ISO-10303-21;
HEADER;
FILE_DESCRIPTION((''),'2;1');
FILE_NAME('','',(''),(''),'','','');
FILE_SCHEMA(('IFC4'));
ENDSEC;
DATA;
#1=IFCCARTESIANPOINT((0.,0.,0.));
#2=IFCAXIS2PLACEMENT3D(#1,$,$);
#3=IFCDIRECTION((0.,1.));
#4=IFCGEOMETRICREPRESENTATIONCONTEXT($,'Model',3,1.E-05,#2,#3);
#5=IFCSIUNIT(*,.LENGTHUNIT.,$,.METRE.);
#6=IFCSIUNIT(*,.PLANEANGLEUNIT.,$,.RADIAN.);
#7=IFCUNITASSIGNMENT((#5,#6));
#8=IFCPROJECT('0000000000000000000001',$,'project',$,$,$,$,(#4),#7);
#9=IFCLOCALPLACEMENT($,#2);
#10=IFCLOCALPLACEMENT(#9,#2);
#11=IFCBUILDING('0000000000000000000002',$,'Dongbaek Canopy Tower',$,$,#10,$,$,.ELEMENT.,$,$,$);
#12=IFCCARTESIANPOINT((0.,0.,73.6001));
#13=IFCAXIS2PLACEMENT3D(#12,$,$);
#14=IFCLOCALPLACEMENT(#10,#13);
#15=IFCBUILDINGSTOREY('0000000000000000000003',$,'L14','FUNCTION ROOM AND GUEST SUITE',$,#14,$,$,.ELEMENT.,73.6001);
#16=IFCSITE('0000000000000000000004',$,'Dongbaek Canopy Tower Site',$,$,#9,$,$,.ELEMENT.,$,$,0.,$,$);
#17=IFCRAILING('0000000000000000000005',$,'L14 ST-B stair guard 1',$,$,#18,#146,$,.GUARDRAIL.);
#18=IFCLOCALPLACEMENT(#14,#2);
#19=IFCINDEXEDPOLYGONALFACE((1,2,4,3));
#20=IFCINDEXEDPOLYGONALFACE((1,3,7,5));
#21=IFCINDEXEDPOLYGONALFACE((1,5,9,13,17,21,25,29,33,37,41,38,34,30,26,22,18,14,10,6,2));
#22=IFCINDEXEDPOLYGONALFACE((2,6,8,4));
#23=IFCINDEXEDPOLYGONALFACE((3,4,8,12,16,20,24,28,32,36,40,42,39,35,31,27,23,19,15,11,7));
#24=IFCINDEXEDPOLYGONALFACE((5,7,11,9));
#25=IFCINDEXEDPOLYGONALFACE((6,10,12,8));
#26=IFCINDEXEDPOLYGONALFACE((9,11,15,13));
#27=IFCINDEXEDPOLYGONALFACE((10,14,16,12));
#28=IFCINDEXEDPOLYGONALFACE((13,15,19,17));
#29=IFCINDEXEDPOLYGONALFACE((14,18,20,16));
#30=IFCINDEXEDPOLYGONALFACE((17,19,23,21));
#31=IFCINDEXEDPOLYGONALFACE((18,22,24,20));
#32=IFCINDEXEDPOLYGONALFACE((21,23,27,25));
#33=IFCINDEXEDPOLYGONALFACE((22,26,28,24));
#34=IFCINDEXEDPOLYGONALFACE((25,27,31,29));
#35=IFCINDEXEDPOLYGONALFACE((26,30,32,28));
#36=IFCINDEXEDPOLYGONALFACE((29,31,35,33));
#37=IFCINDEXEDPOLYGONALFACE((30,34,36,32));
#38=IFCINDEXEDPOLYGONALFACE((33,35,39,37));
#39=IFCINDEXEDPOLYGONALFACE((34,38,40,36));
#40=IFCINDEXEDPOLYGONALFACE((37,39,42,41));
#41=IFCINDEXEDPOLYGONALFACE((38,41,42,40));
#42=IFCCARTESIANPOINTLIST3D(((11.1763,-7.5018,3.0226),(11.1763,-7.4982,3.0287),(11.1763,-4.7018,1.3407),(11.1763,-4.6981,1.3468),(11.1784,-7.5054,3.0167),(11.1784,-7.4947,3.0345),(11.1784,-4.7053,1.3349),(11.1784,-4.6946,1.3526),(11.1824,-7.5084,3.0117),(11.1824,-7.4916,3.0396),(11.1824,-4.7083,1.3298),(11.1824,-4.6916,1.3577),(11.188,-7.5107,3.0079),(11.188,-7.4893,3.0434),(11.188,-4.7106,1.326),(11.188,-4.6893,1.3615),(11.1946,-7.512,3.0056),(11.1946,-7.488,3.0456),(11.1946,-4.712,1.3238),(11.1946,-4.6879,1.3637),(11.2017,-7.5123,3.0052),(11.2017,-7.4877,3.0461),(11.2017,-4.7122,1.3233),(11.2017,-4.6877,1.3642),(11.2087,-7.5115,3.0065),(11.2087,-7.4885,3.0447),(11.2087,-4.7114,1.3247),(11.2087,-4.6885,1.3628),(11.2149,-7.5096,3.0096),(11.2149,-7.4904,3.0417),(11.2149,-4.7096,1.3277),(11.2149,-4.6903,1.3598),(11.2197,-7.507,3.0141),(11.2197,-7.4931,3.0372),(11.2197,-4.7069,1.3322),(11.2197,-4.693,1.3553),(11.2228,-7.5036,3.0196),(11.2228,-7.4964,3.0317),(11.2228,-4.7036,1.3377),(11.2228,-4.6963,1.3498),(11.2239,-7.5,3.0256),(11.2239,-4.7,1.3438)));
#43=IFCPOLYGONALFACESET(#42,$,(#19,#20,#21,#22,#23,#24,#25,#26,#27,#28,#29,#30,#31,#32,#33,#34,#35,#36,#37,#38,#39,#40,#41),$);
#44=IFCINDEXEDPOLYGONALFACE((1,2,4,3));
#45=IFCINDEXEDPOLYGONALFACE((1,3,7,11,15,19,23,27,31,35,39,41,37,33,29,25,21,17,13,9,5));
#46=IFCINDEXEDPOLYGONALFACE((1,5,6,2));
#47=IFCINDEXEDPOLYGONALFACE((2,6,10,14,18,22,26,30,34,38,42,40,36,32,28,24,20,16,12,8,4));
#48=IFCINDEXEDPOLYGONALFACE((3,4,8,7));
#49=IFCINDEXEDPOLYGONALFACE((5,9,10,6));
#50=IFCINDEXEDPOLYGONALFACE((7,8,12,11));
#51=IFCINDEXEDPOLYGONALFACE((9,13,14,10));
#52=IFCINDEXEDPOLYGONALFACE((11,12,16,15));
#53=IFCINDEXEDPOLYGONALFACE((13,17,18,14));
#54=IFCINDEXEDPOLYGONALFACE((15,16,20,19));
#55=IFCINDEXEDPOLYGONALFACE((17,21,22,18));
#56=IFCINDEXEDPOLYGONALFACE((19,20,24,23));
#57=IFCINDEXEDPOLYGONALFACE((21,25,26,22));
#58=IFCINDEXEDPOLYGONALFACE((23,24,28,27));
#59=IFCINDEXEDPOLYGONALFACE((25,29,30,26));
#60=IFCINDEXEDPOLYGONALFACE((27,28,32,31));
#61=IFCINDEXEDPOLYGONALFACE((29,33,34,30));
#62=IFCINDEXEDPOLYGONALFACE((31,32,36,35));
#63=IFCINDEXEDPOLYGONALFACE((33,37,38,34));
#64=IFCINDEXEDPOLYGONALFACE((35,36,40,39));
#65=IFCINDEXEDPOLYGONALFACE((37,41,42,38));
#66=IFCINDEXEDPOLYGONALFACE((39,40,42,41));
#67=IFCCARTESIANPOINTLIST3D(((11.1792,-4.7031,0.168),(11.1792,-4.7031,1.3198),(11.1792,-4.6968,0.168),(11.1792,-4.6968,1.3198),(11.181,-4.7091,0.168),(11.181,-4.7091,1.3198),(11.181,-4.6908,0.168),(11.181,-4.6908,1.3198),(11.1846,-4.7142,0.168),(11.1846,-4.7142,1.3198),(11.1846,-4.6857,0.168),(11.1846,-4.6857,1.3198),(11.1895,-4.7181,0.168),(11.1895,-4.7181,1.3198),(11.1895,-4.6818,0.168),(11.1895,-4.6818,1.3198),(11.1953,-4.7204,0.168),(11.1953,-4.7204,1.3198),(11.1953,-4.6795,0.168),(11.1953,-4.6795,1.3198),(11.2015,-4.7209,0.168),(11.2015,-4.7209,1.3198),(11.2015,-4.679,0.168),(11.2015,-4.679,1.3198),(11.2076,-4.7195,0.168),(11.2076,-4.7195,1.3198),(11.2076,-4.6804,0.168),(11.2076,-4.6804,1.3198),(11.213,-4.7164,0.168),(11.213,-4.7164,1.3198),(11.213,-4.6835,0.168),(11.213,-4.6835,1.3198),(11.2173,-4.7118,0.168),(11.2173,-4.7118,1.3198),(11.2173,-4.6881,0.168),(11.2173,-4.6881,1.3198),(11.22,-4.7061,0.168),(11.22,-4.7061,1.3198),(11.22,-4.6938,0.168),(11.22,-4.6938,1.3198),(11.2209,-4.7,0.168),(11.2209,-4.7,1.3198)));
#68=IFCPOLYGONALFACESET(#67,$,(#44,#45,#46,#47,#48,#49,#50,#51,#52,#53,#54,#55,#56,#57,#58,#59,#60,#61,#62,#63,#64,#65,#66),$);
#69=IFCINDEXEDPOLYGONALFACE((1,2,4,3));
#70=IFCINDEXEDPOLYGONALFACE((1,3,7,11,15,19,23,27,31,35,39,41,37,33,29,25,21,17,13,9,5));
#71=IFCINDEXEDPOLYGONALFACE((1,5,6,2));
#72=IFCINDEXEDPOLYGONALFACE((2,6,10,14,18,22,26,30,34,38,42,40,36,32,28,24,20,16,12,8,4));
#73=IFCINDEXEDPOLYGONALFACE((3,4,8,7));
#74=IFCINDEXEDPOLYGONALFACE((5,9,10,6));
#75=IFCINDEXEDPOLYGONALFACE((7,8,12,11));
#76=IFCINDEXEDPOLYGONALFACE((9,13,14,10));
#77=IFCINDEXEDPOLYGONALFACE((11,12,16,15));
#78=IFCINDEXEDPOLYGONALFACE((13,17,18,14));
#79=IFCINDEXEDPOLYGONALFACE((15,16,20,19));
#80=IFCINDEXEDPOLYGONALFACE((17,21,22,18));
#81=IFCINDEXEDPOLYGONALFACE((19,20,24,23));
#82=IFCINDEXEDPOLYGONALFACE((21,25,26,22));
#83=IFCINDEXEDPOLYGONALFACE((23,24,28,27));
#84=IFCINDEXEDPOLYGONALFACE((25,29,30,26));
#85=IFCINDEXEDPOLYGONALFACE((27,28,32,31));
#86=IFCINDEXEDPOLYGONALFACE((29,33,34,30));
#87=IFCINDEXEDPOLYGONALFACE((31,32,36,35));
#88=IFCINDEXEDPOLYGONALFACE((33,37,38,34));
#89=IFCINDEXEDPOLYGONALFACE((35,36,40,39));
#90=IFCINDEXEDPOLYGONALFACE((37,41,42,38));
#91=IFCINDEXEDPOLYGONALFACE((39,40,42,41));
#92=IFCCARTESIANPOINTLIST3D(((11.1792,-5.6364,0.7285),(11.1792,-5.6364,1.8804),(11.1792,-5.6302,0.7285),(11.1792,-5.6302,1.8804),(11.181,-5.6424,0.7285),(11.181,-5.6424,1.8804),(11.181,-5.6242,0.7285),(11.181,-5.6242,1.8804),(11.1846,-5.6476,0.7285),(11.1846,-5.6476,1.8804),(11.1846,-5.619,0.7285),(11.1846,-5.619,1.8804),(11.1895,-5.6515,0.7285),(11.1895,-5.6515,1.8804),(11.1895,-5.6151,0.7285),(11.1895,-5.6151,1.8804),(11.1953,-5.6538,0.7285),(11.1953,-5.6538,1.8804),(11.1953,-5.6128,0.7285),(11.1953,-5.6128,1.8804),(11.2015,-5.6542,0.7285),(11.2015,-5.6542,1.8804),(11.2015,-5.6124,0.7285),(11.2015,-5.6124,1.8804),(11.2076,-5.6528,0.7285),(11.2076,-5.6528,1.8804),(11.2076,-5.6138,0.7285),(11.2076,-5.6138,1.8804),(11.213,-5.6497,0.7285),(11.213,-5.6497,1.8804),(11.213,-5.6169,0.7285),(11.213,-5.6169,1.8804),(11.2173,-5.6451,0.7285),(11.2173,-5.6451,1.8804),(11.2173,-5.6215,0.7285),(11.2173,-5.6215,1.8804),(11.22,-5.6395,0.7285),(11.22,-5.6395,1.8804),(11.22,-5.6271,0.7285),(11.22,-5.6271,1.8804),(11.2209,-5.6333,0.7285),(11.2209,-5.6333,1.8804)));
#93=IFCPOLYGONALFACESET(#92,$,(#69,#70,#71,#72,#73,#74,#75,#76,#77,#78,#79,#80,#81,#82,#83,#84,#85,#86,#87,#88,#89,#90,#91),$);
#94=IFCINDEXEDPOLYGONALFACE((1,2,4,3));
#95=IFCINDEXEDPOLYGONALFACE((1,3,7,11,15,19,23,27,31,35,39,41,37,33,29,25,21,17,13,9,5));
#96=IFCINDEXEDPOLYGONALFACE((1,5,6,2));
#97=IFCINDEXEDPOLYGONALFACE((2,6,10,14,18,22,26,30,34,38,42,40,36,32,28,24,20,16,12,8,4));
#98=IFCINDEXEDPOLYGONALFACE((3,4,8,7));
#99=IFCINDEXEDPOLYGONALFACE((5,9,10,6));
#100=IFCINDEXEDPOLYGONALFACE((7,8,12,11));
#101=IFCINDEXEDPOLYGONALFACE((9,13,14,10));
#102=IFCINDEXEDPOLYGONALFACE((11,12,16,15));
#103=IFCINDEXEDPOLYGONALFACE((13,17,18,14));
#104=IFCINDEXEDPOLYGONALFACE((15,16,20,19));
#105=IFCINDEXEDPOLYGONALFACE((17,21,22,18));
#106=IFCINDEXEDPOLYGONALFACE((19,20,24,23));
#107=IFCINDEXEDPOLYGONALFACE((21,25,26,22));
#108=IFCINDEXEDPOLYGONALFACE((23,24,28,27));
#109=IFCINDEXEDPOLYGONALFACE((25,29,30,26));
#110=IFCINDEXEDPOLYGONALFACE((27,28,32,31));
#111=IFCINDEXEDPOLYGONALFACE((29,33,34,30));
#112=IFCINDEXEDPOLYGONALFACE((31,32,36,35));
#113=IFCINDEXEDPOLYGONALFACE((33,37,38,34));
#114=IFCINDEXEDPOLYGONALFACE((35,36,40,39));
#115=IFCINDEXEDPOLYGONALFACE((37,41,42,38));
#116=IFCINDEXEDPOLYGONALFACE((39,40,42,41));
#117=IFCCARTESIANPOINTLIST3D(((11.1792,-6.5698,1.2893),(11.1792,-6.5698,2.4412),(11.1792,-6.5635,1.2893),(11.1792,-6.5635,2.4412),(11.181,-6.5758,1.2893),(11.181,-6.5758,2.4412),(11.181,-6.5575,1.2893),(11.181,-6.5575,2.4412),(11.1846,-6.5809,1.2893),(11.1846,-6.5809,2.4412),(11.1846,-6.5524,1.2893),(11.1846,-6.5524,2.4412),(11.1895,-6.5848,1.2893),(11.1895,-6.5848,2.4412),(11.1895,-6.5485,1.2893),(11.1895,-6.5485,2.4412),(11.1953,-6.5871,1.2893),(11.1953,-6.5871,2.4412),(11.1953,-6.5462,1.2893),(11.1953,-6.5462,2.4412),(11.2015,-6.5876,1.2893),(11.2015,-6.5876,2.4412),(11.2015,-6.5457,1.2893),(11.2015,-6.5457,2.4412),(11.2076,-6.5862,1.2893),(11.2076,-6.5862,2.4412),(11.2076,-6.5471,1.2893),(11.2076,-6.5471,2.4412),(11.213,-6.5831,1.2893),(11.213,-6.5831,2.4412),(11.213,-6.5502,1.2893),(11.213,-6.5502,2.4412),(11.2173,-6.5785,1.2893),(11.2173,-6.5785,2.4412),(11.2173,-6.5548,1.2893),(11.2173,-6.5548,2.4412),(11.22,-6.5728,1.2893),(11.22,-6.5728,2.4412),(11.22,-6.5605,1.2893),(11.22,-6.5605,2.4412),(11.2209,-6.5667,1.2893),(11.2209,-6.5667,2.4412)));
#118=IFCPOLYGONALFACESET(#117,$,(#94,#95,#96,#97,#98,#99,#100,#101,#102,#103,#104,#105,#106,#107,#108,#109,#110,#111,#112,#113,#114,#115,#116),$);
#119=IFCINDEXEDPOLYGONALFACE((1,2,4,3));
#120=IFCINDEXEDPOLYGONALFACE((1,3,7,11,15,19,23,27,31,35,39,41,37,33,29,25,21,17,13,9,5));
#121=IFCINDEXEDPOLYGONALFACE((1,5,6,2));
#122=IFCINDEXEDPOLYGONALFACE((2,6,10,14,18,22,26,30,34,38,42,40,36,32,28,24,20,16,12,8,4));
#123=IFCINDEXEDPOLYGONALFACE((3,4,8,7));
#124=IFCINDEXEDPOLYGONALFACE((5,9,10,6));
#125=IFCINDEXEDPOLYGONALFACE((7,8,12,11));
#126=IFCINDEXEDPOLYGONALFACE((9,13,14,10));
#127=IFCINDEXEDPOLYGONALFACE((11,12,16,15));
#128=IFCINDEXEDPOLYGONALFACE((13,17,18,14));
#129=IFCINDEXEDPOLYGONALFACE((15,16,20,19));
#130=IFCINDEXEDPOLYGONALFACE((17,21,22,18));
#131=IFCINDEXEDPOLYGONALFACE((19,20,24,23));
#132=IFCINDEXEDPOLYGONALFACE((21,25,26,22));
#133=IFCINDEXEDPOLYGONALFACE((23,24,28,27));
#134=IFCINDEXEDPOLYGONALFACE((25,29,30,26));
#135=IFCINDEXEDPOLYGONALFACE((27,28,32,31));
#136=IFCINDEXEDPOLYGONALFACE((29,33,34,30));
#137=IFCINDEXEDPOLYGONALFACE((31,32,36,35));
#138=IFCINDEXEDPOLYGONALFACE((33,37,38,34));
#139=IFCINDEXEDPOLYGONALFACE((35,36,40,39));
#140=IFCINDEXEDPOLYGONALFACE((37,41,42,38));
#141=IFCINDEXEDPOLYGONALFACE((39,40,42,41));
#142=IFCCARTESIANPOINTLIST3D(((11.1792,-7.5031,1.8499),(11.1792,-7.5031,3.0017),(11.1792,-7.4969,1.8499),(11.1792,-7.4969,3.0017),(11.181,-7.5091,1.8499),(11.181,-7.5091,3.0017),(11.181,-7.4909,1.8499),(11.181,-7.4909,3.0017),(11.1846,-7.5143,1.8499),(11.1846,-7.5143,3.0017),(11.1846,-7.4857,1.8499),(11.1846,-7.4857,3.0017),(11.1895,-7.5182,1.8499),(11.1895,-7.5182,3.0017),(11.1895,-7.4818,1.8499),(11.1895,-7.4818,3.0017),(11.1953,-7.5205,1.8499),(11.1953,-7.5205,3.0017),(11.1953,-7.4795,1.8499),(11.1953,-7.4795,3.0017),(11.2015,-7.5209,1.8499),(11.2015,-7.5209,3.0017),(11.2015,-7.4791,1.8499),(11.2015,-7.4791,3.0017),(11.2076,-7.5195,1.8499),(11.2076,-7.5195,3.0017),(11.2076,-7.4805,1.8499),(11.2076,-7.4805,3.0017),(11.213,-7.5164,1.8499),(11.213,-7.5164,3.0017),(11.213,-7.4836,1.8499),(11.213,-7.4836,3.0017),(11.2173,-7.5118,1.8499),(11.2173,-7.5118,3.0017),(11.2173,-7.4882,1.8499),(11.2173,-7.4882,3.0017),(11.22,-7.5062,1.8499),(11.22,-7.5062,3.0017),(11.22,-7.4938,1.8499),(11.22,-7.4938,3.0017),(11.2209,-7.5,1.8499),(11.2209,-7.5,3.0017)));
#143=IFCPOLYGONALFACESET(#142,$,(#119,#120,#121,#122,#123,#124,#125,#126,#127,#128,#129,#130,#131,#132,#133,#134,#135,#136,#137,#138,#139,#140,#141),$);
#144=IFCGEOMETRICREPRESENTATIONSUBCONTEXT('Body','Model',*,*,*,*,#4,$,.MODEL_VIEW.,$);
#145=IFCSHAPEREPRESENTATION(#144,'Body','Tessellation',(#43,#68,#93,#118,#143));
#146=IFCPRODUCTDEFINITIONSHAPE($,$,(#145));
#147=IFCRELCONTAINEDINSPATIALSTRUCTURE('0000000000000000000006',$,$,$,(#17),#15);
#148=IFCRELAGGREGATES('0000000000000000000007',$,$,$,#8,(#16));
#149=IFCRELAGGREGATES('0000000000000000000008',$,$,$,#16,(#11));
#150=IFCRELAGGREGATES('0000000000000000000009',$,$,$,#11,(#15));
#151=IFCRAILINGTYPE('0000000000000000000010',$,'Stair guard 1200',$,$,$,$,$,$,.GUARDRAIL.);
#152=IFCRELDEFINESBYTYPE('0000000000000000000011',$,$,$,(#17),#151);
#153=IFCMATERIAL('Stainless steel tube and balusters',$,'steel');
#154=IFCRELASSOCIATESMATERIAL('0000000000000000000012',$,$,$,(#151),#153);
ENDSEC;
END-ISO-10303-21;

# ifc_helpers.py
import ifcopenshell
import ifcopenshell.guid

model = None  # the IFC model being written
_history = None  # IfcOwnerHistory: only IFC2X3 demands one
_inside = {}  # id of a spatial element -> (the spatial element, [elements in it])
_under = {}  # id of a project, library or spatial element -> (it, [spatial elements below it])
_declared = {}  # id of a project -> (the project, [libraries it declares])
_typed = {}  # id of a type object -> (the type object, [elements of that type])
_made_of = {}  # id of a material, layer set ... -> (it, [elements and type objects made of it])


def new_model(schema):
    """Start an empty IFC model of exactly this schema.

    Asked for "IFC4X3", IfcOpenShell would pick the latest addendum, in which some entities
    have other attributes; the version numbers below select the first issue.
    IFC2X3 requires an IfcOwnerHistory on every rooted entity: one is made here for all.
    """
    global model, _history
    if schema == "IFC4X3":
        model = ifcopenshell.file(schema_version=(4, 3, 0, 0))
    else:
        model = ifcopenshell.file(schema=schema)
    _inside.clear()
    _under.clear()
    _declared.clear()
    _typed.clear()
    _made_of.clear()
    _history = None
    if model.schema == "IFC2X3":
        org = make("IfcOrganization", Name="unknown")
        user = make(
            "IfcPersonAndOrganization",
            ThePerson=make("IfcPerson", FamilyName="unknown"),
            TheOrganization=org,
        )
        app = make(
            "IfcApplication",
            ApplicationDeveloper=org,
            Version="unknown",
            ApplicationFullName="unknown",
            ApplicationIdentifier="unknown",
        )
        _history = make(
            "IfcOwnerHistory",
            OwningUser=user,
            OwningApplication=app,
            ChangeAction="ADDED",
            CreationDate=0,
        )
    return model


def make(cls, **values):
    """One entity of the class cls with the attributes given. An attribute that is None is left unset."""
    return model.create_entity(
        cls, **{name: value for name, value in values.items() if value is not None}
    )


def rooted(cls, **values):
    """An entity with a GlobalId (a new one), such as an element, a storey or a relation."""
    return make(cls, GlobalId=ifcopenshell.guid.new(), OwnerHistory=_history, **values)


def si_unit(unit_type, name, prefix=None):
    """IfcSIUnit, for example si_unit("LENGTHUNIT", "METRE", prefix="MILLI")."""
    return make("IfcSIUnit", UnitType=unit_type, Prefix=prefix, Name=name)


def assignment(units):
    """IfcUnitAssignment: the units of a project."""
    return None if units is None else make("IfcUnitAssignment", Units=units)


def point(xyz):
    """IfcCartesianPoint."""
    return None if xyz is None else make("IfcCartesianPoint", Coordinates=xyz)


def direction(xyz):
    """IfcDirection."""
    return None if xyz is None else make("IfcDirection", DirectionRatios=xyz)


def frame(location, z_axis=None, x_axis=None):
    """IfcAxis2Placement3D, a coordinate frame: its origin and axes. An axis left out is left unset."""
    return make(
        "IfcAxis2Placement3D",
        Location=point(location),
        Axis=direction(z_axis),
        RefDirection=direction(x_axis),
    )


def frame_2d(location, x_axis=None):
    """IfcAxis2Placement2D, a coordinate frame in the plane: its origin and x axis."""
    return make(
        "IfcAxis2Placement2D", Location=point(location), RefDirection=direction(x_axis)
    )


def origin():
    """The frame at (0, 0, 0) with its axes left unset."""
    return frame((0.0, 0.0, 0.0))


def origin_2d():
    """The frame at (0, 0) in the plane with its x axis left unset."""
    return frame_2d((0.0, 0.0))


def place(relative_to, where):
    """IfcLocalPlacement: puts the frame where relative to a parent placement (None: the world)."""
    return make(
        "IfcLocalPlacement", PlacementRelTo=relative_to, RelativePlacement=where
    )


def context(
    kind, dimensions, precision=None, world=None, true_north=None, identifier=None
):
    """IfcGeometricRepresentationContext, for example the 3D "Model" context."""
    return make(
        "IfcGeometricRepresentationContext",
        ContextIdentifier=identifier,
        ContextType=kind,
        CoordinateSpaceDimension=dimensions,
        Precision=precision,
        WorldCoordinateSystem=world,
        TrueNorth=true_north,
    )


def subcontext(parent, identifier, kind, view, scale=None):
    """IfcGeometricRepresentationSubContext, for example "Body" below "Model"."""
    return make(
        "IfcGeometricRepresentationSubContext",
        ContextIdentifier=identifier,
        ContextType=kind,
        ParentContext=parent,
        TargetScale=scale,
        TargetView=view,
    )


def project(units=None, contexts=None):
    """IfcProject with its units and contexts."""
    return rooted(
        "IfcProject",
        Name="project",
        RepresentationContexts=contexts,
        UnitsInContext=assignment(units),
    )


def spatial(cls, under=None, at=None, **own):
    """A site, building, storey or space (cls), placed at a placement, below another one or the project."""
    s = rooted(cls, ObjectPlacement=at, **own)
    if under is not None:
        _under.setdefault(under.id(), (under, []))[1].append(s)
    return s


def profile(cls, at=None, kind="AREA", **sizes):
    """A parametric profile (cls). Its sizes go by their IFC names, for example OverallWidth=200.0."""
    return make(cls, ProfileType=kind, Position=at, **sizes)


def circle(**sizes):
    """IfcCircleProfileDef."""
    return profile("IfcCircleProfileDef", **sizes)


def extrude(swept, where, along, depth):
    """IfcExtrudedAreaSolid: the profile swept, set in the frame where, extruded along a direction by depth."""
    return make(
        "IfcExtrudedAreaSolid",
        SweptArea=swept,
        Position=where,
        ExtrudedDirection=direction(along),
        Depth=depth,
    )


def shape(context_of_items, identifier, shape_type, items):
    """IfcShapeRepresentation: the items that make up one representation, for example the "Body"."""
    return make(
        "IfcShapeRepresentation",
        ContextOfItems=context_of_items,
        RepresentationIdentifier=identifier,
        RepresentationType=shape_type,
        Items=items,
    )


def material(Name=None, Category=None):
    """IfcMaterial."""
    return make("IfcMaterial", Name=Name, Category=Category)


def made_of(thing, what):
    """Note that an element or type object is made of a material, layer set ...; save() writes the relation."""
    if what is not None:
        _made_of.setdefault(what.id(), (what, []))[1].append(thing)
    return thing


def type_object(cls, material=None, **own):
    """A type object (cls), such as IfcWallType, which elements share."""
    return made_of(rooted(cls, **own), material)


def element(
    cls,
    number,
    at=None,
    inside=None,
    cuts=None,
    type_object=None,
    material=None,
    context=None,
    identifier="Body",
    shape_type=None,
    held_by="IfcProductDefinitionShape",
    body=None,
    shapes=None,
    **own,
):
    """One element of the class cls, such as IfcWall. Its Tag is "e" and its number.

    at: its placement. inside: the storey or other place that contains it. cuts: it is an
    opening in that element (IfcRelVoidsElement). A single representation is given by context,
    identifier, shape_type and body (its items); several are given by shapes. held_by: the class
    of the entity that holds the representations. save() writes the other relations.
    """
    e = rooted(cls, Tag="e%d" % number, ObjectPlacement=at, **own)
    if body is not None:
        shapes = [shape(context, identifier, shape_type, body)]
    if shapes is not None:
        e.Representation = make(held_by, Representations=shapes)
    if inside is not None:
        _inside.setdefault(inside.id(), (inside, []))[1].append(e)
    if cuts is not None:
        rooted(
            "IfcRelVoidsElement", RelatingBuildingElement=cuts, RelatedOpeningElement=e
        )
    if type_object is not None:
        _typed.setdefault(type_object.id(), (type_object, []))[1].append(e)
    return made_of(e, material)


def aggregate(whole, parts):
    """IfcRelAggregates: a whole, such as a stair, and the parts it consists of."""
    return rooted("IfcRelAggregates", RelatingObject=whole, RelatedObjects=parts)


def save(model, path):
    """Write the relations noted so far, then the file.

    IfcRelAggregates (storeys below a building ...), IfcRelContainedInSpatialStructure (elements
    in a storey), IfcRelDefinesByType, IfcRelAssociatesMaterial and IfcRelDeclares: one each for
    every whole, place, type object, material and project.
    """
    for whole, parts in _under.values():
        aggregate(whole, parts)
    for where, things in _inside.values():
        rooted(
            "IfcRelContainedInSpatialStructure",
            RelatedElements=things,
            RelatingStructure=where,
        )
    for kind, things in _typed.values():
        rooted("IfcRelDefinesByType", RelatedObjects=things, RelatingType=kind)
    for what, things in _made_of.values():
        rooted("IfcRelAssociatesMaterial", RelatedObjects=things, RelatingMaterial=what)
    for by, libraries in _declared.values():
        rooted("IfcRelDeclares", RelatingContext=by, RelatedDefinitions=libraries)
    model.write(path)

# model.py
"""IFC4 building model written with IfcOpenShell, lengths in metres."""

from ifc_helpers import new_model, si_unit, direction, frame, origin, origin_2d, place, context, subcontext, project, spatial, circle, extrude, material, type_object, element, save


model = new_model("IFC4")

# Units and contexts
model_context = context("Model", 3, precision=1e-05, world=origin(), true_north=direction((0.0, 1.0)))
body_context = subcontext(model_context, "Body", "Model", "MODEL_VIEW")
ifc_project = project(units=[si_unit("LENGTHUNIT", "METRE"), si_unit("PLANEANGLEUNIT", "RADIAN")], contexts=[model_context])

# Site, building, storey
site_placement = place(None, origin())
site = spatial("IfcSite", under=ifc_project, at=site_placement, Name="Dongbaek Canopy Tower Site", CompositionType="ELEMENT", RefElevation=0.0)
building_placement = place(site_placement, origin())
building = spatial("IfcBuilding", under=site, at=building_placement, Name="Dongbaek Canopy Tower", CompositionType="ELEMENT")
storey_placement = place(building_placement, frame((0.0, 0.0, 73.6001)))
storey = spatial("IfcBuildingStorey", under=building, at=storey_placement, Name="L14", Description="FUNCTION ROOM AND GUEST SUITE", CompositionType="ELEMENT", Elevation=73.6001)

# Railing
ifc_material_1 = material(Name="Stainless steel tube and balusters", Category="steel")
railing_type_1 = type_object("IfcRailingType", Name="Stair guard 1200", PredefinedType="GUARDRAIL", material=ifc_material_1)
railing_1_placement = place(storey_placement, frame((11.2, -4.7, 0.168)))
element("IfcRailing", 1, at=railing_1_placement, inside=storey, type_object=railing_type_1, Name="L14 ST-B stair guard 1", PredefinedType="GUARDRAIL", context=body_context, shape_type="SweptSolid", body=[
    extrude(circle(Radius=0.0239, at=origin_2d()), frame((0.0, 0.0, 1.1758), z_axis=(0.0, -0.857242, 0.514913), x_axis=(1.0, 0.0, 0.0)), (0.0, 0.0, 1.0), 3.2664),
    extrude(circle(Radius=0.021, at=origin_2d()), origin(), (0.0, 0.0, 1.0), 1.1519),
    extrude(circle(Radius=0.021, at=origin_2d()), frame((0.0, -0.9333, 0.5605)), (0.0, 0.0, 1.0), 1.1519),
    extrude(circle(Radius=0.021, at=origin_2d()), frame((0.0, -1.8667, 1.1213)), (0.0, 0.0, 1.0), 1.1519),
    extrude(circle(Radius=0.021, at=origin_2d()), frame((0.0, -2.8, 1.6819)), (0.0, 0.0, 1.0), 1.1519),
])

save(model, "model.ifc")
